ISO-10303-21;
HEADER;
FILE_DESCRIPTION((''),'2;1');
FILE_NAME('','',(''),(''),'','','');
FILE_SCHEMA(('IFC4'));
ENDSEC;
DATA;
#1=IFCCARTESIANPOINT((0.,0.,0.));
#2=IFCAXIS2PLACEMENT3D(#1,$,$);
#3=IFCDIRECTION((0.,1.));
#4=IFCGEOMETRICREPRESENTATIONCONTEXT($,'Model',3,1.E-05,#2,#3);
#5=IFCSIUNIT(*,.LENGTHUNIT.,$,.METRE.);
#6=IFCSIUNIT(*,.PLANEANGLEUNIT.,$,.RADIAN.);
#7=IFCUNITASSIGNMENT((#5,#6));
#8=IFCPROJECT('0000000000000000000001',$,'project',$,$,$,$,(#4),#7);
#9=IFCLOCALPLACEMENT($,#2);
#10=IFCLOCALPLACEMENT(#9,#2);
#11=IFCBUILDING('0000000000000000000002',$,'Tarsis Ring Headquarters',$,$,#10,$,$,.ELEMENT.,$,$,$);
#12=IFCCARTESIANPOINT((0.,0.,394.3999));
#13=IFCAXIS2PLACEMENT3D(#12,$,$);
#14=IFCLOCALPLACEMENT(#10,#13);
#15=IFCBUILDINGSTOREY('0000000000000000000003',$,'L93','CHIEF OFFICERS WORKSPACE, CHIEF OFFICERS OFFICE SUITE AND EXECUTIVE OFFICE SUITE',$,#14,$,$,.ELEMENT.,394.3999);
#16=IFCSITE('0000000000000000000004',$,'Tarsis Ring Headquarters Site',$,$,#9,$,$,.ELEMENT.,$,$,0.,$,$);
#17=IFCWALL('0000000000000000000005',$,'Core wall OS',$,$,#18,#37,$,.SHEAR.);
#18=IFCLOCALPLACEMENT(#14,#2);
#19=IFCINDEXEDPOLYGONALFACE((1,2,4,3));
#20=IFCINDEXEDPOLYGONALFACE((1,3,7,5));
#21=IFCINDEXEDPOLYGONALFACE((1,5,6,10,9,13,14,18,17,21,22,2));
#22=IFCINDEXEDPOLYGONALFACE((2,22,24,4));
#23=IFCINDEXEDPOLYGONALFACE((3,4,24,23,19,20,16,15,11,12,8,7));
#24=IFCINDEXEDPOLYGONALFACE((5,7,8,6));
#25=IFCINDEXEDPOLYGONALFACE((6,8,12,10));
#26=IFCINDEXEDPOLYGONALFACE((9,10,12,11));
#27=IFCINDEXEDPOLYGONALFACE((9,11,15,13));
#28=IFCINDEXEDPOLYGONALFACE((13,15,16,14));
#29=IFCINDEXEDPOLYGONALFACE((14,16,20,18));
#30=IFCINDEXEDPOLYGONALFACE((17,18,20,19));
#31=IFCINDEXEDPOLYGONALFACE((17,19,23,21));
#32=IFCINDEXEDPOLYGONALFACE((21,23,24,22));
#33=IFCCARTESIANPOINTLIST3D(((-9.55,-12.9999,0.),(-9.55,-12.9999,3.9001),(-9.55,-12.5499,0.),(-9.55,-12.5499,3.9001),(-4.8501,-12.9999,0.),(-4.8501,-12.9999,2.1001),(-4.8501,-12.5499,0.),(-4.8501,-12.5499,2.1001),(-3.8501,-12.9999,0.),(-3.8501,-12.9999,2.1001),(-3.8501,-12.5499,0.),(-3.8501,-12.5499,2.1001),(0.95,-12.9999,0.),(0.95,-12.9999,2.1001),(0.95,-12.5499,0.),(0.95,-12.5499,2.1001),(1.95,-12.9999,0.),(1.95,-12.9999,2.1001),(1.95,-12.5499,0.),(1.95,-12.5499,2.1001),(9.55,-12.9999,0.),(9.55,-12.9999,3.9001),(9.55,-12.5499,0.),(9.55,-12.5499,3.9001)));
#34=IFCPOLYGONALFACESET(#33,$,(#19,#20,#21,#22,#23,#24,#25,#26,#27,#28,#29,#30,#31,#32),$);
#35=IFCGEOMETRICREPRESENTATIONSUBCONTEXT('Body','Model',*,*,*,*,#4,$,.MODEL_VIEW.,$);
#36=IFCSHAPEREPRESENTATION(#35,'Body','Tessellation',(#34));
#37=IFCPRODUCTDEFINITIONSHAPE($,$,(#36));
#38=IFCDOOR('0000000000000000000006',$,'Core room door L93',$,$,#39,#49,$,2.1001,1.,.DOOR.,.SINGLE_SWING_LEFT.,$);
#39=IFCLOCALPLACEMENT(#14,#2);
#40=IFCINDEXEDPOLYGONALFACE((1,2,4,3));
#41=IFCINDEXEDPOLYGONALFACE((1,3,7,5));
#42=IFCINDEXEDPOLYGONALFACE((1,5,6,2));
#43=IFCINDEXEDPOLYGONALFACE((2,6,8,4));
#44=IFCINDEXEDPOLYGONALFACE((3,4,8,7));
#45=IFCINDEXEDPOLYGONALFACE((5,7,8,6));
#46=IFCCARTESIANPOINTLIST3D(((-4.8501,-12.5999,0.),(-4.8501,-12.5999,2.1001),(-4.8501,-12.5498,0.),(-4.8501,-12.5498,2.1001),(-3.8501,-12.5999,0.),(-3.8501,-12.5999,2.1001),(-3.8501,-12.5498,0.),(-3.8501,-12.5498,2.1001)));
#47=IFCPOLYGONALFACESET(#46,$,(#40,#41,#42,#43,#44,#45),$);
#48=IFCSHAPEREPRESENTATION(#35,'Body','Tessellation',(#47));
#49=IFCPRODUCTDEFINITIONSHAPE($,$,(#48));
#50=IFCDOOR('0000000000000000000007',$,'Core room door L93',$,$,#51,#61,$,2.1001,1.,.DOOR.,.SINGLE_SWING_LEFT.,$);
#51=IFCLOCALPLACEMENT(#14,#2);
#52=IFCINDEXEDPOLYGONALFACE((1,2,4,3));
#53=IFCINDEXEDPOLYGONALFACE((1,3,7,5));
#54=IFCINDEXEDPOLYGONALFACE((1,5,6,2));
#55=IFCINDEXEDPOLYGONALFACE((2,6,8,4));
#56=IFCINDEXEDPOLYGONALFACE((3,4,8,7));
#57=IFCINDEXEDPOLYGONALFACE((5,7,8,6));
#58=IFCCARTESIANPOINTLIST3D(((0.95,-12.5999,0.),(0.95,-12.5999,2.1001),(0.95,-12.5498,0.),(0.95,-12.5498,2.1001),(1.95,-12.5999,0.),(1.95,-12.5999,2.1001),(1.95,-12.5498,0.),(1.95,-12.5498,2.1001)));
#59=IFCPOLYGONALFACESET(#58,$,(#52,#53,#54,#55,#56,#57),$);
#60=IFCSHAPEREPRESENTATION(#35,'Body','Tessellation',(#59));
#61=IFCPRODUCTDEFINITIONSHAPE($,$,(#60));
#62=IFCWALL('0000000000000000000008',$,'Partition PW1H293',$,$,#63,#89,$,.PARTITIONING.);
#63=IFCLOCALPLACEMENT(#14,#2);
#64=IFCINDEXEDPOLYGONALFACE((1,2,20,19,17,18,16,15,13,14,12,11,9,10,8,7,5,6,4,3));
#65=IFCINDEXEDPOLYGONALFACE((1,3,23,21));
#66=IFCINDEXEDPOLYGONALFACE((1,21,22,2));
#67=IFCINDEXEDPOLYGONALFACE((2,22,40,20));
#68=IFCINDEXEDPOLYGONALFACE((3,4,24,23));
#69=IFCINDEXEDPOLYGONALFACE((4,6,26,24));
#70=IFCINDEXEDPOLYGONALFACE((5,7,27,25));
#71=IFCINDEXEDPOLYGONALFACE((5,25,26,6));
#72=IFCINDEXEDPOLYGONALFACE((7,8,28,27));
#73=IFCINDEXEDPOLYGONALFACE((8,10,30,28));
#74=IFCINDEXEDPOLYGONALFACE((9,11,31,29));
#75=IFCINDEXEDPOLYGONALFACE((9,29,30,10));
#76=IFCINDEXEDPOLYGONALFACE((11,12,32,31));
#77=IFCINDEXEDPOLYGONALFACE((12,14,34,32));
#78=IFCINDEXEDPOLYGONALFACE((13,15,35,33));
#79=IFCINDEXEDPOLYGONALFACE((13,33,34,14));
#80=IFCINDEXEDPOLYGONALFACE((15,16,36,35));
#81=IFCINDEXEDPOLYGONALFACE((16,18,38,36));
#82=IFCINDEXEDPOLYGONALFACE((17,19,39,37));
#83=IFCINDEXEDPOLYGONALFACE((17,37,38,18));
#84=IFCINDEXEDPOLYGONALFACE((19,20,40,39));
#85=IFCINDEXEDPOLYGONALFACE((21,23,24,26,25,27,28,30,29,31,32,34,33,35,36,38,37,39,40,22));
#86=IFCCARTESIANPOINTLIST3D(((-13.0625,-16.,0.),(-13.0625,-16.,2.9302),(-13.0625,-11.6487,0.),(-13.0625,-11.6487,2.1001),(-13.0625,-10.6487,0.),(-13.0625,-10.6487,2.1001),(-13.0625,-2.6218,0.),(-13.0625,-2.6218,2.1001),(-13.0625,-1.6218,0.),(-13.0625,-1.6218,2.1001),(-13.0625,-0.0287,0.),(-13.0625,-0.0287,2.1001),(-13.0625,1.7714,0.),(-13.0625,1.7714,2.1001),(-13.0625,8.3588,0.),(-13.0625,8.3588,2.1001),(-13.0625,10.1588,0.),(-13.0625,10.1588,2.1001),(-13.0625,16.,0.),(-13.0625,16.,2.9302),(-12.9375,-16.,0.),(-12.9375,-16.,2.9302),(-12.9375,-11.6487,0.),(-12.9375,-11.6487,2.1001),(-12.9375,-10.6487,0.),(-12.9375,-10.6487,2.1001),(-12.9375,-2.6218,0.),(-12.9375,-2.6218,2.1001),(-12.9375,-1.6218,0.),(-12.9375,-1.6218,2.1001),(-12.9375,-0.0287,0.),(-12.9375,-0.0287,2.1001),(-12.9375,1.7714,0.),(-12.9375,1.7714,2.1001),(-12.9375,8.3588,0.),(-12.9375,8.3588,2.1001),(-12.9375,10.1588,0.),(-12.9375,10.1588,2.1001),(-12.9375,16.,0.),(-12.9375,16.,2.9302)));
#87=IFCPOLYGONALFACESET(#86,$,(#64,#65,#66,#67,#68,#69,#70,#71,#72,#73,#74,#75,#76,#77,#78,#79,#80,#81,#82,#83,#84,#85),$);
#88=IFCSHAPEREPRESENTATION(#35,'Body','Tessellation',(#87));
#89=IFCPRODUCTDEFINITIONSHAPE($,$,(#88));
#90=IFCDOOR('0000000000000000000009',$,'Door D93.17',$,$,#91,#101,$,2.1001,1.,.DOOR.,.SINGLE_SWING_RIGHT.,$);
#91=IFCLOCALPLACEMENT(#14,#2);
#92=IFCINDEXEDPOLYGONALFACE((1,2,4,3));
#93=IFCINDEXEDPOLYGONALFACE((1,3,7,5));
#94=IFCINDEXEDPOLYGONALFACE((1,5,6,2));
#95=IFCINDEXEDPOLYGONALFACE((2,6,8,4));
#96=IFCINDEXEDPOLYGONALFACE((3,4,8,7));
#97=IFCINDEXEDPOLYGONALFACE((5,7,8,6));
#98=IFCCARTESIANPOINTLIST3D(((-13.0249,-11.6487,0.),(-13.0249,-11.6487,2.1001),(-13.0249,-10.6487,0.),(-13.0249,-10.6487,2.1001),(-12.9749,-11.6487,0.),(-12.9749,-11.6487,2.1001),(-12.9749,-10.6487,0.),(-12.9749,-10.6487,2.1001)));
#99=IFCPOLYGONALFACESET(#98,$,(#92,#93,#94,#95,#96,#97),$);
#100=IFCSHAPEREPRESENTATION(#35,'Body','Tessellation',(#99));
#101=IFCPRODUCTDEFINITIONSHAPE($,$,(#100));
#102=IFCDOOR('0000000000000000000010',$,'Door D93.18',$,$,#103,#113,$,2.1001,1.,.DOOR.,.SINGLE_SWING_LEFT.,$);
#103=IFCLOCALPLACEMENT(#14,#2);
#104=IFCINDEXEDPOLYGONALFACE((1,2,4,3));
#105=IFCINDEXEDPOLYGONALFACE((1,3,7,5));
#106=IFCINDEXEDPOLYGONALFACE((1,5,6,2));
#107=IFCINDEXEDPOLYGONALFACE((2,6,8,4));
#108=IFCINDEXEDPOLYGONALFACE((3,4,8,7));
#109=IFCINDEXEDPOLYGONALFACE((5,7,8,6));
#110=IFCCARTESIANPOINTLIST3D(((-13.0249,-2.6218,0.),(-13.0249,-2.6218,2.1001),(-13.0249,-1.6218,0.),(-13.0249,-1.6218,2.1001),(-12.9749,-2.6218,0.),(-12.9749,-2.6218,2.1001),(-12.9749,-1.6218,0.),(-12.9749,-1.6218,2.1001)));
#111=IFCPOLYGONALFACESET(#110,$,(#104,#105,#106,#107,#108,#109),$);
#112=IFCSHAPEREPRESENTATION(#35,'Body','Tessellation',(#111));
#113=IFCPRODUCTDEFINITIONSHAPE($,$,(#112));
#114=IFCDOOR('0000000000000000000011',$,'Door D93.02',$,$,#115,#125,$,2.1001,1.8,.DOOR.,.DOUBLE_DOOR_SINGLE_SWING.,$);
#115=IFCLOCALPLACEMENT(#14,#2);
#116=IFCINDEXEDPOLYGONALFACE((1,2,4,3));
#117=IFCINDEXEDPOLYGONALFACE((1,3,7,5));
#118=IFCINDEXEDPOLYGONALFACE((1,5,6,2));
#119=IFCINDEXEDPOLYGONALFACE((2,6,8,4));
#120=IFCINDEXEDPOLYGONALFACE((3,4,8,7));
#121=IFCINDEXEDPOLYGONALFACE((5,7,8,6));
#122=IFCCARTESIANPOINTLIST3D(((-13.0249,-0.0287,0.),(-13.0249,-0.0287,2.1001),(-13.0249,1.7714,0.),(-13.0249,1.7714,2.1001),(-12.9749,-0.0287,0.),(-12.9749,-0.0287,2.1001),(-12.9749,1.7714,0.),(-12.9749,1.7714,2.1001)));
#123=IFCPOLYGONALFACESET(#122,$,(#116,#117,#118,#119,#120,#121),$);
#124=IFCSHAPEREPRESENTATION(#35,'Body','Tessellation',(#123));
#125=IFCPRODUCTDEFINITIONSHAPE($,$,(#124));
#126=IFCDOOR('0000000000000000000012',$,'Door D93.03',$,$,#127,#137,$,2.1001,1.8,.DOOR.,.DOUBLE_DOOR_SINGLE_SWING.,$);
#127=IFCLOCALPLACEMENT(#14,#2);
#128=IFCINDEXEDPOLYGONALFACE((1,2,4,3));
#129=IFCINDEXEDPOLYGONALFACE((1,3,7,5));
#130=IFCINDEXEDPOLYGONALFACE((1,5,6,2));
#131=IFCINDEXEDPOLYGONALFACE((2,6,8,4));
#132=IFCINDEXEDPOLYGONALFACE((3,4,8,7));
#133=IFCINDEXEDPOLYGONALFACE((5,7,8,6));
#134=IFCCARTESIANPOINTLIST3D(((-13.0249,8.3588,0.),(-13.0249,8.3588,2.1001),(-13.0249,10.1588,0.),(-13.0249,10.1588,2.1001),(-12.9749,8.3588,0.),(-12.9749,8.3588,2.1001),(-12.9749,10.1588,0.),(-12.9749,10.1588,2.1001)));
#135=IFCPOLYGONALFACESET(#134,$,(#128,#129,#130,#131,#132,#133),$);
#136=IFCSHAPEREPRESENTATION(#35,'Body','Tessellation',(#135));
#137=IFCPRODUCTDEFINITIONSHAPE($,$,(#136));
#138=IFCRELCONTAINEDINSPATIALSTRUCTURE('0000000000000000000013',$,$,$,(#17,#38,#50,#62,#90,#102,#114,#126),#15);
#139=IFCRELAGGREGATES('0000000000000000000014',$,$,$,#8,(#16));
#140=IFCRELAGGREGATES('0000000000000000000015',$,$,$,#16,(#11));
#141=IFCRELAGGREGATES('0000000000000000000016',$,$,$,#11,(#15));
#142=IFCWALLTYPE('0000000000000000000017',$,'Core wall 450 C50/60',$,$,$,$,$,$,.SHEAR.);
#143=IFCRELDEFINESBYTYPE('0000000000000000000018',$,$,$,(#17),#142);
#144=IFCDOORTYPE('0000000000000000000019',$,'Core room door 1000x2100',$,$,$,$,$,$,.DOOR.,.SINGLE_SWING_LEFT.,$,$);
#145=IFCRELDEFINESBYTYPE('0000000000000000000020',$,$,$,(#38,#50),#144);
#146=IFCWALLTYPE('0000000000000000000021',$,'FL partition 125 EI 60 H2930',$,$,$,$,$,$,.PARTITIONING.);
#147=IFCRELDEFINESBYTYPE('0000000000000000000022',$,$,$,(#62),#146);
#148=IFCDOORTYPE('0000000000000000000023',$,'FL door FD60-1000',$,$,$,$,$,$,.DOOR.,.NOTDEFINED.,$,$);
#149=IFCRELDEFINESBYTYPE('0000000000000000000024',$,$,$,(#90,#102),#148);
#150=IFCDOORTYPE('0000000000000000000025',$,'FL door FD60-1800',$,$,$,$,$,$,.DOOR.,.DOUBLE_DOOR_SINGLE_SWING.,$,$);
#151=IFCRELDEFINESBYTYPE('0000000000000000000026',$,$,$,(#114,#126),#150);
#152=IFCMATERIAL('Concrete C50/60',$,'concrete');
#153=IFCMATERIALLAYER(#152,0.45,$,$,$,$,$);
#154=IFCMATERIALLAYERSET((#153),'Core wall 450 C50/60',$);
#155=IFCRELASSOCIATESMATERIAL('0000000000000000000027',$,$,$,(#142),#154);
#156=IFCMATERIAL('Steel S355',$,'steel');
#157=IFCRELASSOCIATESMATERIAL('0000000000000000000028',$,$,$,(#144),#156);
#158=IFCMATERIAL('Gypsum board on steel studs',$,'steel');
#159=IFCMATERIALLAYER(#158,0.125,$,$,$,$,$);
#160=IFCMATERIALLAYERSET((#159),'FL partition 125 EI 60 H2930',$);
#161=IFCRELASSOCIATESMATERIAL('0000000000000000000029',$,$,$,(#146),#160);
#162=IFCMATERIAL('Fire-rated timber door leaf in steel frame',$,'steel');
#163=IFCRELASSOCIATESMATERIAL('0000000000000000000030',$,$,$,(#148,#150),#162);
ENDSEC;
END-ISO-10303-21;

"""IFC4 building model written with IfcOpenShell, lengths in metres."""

from ifc_helpers import new_model, si_unit, direction, frame, frame_2d, origin, place, context, subcontext, project, spatial, rectangle, extrude, material, layer, layer_set, type_object, element, fill, save


model = new_model("IFC4")

# Units and contexts
model_context = context("Model", 3, precision=1e-05, world=origin(), true_north=direction((0.0, 1.0)))
body_context = subcontext(model_context, "Body", "Model", "MODEL_VIEW")
ifc_project = project(units=[si_unit("LENGTHUNIT", "METRE"), si_unit("PLANEANGLEUNIT", "RADIAN")], contexts=[model_context])

# Site, building, storey
site_placement = place(None, origin())
site = spatial("IfcSite", under=ifc_project, at=site_placement, Name="Tarsis Ring Headquarters Site", CompositionType="ELEMENT", RefElevation=0.0)
building_placement = place(site_placement, origin())
building = spatial("IfcBuilding", under=site, at=building_placement, Name="Tarsis Ring Headquarters", CompositionType="ELEMENT")
storey_placement = place(building_placement, frame((0.0, 0.0, 394.3999)))
storey = spatial("IfcBuildingStorey", under=building, at=storey_placement, Name="L93", Description="CHIEF OFFICERS WORKSPACE, CHIEF OFFICERS OFFICE SUITE AND EXECUTIVE OFFICE SUITE", CompositionType="ELEMENT", Elevation=394.3999)

# Walls, openings, doors
ifc_material_1 = material(Name="Concrete C50/60", Category="concrete")
ifc_layer_1 = layer(ifc_material_1, 0.45)
ifc_layer_set_1 = layer_set([ifc_layer_1], Name="Core wall 450 C50/60")
wall_type_1 = type_object("IfcWallType", Name="Core wall 450 C50/60", PredefinedType="SHEAR", material=ifc_layer_set_1)
ifc_material_2 = material(Name="Steel S355", Category="steel")
door_type_1 = type_object("IfcDoorType", Name="Core room door 1000x2100", OperationType="SINGLE_SWING_LEFT", PredefinedType="DOOR", material=ifc_material_2)
wall_1_placement = place(storey_placement, frame((-9.55, -12.7749, 0.0), z_axis=(0.0, 0.0, 1.0), x_axis=(1.0, 0.0, 0.0)))
wall_1 = element("IfcWall", 1, at=wall_1_placement, inside=storey, type_object=wall_type_1, Name="Core wall OS", PredefinedType="SHEAR", context=body_context, shape_type="SweptSolid", body=[
    extrude(rectangle(XDim=19.1001, YDim=0.45, at=frame_2d((9.55, 0.0))), origin(), (0.0, 0.0, 1.0), 3.9001),
])
opening_1_placement = place(wall_1_placement, frame((4.7, 0.0, 0.0)))
opening_1 = element("IfcOpeningElement", 2, at=opening_1_placement, cuts=wall_1, PredefinedType="OPENING", context=body_context, shape_type="SweptSolid", body=[
    extrude(rectangle(XDim=1.0, YDim=2.1001, at=frame_2d((0.5, 1.05))), frame((0.0, 0.2349, 0.0), z_axis=(0.0, -1.0, 0.0), x_axis=(1.0, 0.0, 0.0)), (0.0, 0.0, 1.0), 0.47),
])
opening_2_placement = place(wall_1_placement, frame((10.5, 0.0, 0.0)))
opening_2 = element("IfcOpeningElement", 3, at=opening_2_placement, cuts=wall_1, PredefinedType="OPENING", context=body_context, shape_type="SweptSolid", body=[
    extrude(rectangle(XDim=1.0, YDim=2.1001, at=frame_2d((0.5, 1.05))), frame((0.0, 0.2349, 0.0), z_axis=(0.0, -1.0, 0.0), x_axis=(1.0, 0.0, 0.0)), (0.0, 0.0, 1.0), 0.47),
])
door_1_placement = place(opening_1_placement, origin())
door_1 = element("IfcDoor", 4, at=door_1_placement, inside=storey, type_object=door_type_1, Name="Core room door L93", OperationType="SINGLE_SWING_LEFT", OverallHeight=2.1001, OverallWidth=1.0, PredefinedType="DOOR", context=body_context, shape_type="SweptSolid", body=[
    extrude(rectangle(XDim=1.0, YDim=2.1001, at=frame_2d((0.5, 1.05))), frame((0.0, 0.2251, 0.0), z_axis=(0.0, -1.0, 0.0), x_axis=(1.0, 0.0, 0.0)), (0.0, 0.0, 1.0), 0.05),
])
fill(opening_1, door_1)
door_2_placement = place(opening_2_placement, origin())
door_2 = element("IfcDoor", 5, at=door_2_placement, inside=storey, type_object=door_type_1, Name="Core room door L93", OperationType="SINGLE_SWING_LEFT", OverallHeight=2.1001, OverallWidth=1.0, PredefinedType="DOOR", context=body_context, shape_type="SweptSolid", body=[
    extrude(rectangle(XDim=1.0, YDim=2.1001, at=frame_2d((0.5, 1.05))), frame((0.0, 0.2251, 0.0), z_axis=(0.0, -1.0, 0.0), x_axis=(1.0, 0.0, 0.0)), (0.0, 0.0, 1.0), 0.05),
])
fill(opening_2, door_2)
ifc_material_3 = material(Name="Gypsum board on steel studs", Category="steel")
ifc_layer_2 = layer(ifc_material_3, 0.125)
ifc_layer_set_2 = layer_set([ifc_layer_2], Name="FL partition 125 EI 60 H2930")
wall_type_2 = type_object("IfcWallType", Name="FL partition 125 EI 60 H2930", PredefinedType="PARTITIONING", material=ifc_layer_set_2)
wall_2_placement = place(storey_placement, frame((-13.0, -16.0, 0.0), z_axis=(0.0, 0.0, 1.0), x_axis=(0.0, 1.0, 0.0)))
wall_2 = element("IfcWall", 6, at=wall_2_placement, inside=storey, type_object=wall_type_2, Name="Partition PW1H293", PredefinedType="PARTITIONING", context=body_context, shape_type="SweptSolid", body=[
    extrude(rectangle(XDim=32.0, YDim=0.125, at=frame_2d((16.0, 0.0))), origin(), (0.0, 0.0, 1.0), 2.9302),
])
opening_3_placement = place(wall_2_placement, frame((15.9714, 0.0, 0.0)))
opening_3 = element("IfcOpeningElement", 7, at=opening_3_placement, cuts=wall_2, PredefinedType="OPENING", context=body_context, shape_type="SweptSolid", body=[
    extrude(rectangle(XDim=1.8, YDim=2.1001, at=frame_2d((0.8999, 1.05))), frame((0.0, 0.0725, 0.0), z_axis=(0.0, -1.0, 0.0), x_axis=(1.0, 0.0, 0.0)), (0.0, 0.0, 1.0), 0.145),
])
opening_4_placement = place(wall_2_placement, frame((24.3589, 0.0, 0.0)))
opening_4 = element("IfcOpeningElement", 8, at=opening_4_placement, cuts=wall_2, PredefinedType="OPENING", context=body_context, shape_type="SweptSolid", body=[
    extrude(rectangle(XDim=1.8, YDim=2.1001, at=frame_2d((0.8999, 1.05))), frame((0.0, 0.0725, 0.0), z_axis=(0.0, -1.0, 0.0), x_axis=(1.0, 0.0, 0.0)), (0.0, 0.0, 1.0), 0.145),
])
opening_5_placement = place(wall_2_placement, frame((4.3513, 0.0, 0.0)))
opening_5 = element("IfcOpeningElement", 9, at=opening_5_placement, cuts=wall_2, PredefinedType="OPENING", context=body_context, shape_type="SweptSolid", body=[
    extrude(rectangle(XDim=1.0, YDim=2.1001, at=frame_2d((0.5, 1.05))), frame((0.0, 0.0725, 0.0), z_axis=(0.0, -1.0, 0.0), x_axis=(1.0, 0.0, 0.0)), (0.0, 0.0, 1.0), 0.145),
])
opening_6_placement = place(wall_2_placement, frame((13.3782, 0.0, 0.0)))
opening_6 = element("IfcOpeningElement", 10, at=opening_6_placement, cuts=wall_2, PredefinedType="OPENING", context=body_context, shape_type="SweptSolid", body=[
    extrude(rectangle(XDim=1.0, YDim=2.1001, at=frame_2d((0.5, 1.05))), frame((0.0, 0.0725, 0.0), z_axis=(0.0, -1.0, 0.0), x_axis=(1.0, 0.0, 0.0)), (0.0, 0.0, 1.0), 0.145),
])
ifc_material_4 = material(Name="Fire-rated timber door leaf in steel frame", Category="steel")
door_type_2 = type_object("IfcDoorType", Name="FL door FD60-1000", OperationType="NOTDEFINED", PredefinedType="DOOR", material=ifc_material_4)
door_3_placement = place(opening_5_placement, origin())
door_3 = element("IfcDoor", 11, at=door_3_placement, inside=storey, type_object=door_type_2, Name="Door D93.17", OperationType="SINGLE_SWING_RIGHT", OverallHeight=2.1001, OverallWidth=1.0, PredefinedType="DOOR", context=body_context, shape_type="SweptSolid", body=[
    extrude(rectangle(XDim=1.0, YDim=2.1001, at=frame_2d((0.5, 1.05))), frame((0.0, 0.0249, 0.0), z_axis=(0.0, -1.0, 0.0), x_axis=(1.0, 0.0, 0.0)), (0.0, 0.0, 1.0), 0.05),
])
fill(opening_5, door_3)
door_4_placement = place(opening_6_placement, origin())
door_4 = element("IfcDoor", 12, at=door_4_placement, inside=storey, type_object=door_type_2, Name="Door D93.18", OperationType="SINGLE_SWING_LEFT", OverallHeight=2.1001, OverallWidth=1.0, PredefinedType="DOOR", context=body_context, shape_type="SweptSolid", body=[
    extrude(rectangle(XDim=1.0, YDim=2.1001, at=frame_2d((0.5, 1.05))), frame((0.0, 0.0249, 0.0), z_axis=(0.0, -1.0, 0.0), x_axis=(1.0, 0.0, 0.0)), (0.0, 0.0, 1.0), 0.05),
])
fill(opening_6, door_4)
door_type_3 = type_object("IfcDoorType", Name="FL door FD60-1800", OperationType="DOUBLE_DOOR_SINGLE_SWING", PredefinedType="DOOR", material=ifc_material_4)
door_5_placement = place(opening_3_placement, origin())
door_5 = element("IfcDoor", 13, at=door_5_placement, inside=storey, type_object=door_type_3, Name="Door D93.02", OperationType="DOUBLE_DOOR_SINGLE_SWING", OverallHeight=2.1001, OverallWidth=1.8, PredefinedType="DOOR", context=body_context, shape_type="SweptSolid", body=[
    extrude(rectangle(XDim=1.8, YDim=2.1001, at=frame_2d((0.8999, 1.05))), frame((0.0, 0.0249, 0.0), z_axis=(0.0, -1.0, 0.0), x_axis=(1.0, 0.0, 0.0)), (0.0, 0.0, 1.0), 0.05),
])
fill(opening_3, door_5)
door_6_placement = place(opening_4_placement, origin())
door_6 = element("IfcDoor", 14, at=door_6_placement, inside=storey, type_object=door_type_3, Name="Door D93.03", OperationType="DOUBLE_DOOR_SINGLE_SWING", OverallHeight=2.1001, OverallWidth=1.8, PredefinedType="DOOR", context=body_context, shape_type="SweptSolid", body=[
    extrude(rectangle(XDim=1.8, YDim=2.1001, at=frame_2d((0.8999, 1.05))), frame((0.0, 0.0249, 0.0), z_axis=(0.0, -1.0, 0.0), x_axis=(1.0, 0.0, 0.0)), (0.0, 0.0, 1.0), 0.05),
])
fill(opening_4, door_6)

save(model, "model.ifc")
